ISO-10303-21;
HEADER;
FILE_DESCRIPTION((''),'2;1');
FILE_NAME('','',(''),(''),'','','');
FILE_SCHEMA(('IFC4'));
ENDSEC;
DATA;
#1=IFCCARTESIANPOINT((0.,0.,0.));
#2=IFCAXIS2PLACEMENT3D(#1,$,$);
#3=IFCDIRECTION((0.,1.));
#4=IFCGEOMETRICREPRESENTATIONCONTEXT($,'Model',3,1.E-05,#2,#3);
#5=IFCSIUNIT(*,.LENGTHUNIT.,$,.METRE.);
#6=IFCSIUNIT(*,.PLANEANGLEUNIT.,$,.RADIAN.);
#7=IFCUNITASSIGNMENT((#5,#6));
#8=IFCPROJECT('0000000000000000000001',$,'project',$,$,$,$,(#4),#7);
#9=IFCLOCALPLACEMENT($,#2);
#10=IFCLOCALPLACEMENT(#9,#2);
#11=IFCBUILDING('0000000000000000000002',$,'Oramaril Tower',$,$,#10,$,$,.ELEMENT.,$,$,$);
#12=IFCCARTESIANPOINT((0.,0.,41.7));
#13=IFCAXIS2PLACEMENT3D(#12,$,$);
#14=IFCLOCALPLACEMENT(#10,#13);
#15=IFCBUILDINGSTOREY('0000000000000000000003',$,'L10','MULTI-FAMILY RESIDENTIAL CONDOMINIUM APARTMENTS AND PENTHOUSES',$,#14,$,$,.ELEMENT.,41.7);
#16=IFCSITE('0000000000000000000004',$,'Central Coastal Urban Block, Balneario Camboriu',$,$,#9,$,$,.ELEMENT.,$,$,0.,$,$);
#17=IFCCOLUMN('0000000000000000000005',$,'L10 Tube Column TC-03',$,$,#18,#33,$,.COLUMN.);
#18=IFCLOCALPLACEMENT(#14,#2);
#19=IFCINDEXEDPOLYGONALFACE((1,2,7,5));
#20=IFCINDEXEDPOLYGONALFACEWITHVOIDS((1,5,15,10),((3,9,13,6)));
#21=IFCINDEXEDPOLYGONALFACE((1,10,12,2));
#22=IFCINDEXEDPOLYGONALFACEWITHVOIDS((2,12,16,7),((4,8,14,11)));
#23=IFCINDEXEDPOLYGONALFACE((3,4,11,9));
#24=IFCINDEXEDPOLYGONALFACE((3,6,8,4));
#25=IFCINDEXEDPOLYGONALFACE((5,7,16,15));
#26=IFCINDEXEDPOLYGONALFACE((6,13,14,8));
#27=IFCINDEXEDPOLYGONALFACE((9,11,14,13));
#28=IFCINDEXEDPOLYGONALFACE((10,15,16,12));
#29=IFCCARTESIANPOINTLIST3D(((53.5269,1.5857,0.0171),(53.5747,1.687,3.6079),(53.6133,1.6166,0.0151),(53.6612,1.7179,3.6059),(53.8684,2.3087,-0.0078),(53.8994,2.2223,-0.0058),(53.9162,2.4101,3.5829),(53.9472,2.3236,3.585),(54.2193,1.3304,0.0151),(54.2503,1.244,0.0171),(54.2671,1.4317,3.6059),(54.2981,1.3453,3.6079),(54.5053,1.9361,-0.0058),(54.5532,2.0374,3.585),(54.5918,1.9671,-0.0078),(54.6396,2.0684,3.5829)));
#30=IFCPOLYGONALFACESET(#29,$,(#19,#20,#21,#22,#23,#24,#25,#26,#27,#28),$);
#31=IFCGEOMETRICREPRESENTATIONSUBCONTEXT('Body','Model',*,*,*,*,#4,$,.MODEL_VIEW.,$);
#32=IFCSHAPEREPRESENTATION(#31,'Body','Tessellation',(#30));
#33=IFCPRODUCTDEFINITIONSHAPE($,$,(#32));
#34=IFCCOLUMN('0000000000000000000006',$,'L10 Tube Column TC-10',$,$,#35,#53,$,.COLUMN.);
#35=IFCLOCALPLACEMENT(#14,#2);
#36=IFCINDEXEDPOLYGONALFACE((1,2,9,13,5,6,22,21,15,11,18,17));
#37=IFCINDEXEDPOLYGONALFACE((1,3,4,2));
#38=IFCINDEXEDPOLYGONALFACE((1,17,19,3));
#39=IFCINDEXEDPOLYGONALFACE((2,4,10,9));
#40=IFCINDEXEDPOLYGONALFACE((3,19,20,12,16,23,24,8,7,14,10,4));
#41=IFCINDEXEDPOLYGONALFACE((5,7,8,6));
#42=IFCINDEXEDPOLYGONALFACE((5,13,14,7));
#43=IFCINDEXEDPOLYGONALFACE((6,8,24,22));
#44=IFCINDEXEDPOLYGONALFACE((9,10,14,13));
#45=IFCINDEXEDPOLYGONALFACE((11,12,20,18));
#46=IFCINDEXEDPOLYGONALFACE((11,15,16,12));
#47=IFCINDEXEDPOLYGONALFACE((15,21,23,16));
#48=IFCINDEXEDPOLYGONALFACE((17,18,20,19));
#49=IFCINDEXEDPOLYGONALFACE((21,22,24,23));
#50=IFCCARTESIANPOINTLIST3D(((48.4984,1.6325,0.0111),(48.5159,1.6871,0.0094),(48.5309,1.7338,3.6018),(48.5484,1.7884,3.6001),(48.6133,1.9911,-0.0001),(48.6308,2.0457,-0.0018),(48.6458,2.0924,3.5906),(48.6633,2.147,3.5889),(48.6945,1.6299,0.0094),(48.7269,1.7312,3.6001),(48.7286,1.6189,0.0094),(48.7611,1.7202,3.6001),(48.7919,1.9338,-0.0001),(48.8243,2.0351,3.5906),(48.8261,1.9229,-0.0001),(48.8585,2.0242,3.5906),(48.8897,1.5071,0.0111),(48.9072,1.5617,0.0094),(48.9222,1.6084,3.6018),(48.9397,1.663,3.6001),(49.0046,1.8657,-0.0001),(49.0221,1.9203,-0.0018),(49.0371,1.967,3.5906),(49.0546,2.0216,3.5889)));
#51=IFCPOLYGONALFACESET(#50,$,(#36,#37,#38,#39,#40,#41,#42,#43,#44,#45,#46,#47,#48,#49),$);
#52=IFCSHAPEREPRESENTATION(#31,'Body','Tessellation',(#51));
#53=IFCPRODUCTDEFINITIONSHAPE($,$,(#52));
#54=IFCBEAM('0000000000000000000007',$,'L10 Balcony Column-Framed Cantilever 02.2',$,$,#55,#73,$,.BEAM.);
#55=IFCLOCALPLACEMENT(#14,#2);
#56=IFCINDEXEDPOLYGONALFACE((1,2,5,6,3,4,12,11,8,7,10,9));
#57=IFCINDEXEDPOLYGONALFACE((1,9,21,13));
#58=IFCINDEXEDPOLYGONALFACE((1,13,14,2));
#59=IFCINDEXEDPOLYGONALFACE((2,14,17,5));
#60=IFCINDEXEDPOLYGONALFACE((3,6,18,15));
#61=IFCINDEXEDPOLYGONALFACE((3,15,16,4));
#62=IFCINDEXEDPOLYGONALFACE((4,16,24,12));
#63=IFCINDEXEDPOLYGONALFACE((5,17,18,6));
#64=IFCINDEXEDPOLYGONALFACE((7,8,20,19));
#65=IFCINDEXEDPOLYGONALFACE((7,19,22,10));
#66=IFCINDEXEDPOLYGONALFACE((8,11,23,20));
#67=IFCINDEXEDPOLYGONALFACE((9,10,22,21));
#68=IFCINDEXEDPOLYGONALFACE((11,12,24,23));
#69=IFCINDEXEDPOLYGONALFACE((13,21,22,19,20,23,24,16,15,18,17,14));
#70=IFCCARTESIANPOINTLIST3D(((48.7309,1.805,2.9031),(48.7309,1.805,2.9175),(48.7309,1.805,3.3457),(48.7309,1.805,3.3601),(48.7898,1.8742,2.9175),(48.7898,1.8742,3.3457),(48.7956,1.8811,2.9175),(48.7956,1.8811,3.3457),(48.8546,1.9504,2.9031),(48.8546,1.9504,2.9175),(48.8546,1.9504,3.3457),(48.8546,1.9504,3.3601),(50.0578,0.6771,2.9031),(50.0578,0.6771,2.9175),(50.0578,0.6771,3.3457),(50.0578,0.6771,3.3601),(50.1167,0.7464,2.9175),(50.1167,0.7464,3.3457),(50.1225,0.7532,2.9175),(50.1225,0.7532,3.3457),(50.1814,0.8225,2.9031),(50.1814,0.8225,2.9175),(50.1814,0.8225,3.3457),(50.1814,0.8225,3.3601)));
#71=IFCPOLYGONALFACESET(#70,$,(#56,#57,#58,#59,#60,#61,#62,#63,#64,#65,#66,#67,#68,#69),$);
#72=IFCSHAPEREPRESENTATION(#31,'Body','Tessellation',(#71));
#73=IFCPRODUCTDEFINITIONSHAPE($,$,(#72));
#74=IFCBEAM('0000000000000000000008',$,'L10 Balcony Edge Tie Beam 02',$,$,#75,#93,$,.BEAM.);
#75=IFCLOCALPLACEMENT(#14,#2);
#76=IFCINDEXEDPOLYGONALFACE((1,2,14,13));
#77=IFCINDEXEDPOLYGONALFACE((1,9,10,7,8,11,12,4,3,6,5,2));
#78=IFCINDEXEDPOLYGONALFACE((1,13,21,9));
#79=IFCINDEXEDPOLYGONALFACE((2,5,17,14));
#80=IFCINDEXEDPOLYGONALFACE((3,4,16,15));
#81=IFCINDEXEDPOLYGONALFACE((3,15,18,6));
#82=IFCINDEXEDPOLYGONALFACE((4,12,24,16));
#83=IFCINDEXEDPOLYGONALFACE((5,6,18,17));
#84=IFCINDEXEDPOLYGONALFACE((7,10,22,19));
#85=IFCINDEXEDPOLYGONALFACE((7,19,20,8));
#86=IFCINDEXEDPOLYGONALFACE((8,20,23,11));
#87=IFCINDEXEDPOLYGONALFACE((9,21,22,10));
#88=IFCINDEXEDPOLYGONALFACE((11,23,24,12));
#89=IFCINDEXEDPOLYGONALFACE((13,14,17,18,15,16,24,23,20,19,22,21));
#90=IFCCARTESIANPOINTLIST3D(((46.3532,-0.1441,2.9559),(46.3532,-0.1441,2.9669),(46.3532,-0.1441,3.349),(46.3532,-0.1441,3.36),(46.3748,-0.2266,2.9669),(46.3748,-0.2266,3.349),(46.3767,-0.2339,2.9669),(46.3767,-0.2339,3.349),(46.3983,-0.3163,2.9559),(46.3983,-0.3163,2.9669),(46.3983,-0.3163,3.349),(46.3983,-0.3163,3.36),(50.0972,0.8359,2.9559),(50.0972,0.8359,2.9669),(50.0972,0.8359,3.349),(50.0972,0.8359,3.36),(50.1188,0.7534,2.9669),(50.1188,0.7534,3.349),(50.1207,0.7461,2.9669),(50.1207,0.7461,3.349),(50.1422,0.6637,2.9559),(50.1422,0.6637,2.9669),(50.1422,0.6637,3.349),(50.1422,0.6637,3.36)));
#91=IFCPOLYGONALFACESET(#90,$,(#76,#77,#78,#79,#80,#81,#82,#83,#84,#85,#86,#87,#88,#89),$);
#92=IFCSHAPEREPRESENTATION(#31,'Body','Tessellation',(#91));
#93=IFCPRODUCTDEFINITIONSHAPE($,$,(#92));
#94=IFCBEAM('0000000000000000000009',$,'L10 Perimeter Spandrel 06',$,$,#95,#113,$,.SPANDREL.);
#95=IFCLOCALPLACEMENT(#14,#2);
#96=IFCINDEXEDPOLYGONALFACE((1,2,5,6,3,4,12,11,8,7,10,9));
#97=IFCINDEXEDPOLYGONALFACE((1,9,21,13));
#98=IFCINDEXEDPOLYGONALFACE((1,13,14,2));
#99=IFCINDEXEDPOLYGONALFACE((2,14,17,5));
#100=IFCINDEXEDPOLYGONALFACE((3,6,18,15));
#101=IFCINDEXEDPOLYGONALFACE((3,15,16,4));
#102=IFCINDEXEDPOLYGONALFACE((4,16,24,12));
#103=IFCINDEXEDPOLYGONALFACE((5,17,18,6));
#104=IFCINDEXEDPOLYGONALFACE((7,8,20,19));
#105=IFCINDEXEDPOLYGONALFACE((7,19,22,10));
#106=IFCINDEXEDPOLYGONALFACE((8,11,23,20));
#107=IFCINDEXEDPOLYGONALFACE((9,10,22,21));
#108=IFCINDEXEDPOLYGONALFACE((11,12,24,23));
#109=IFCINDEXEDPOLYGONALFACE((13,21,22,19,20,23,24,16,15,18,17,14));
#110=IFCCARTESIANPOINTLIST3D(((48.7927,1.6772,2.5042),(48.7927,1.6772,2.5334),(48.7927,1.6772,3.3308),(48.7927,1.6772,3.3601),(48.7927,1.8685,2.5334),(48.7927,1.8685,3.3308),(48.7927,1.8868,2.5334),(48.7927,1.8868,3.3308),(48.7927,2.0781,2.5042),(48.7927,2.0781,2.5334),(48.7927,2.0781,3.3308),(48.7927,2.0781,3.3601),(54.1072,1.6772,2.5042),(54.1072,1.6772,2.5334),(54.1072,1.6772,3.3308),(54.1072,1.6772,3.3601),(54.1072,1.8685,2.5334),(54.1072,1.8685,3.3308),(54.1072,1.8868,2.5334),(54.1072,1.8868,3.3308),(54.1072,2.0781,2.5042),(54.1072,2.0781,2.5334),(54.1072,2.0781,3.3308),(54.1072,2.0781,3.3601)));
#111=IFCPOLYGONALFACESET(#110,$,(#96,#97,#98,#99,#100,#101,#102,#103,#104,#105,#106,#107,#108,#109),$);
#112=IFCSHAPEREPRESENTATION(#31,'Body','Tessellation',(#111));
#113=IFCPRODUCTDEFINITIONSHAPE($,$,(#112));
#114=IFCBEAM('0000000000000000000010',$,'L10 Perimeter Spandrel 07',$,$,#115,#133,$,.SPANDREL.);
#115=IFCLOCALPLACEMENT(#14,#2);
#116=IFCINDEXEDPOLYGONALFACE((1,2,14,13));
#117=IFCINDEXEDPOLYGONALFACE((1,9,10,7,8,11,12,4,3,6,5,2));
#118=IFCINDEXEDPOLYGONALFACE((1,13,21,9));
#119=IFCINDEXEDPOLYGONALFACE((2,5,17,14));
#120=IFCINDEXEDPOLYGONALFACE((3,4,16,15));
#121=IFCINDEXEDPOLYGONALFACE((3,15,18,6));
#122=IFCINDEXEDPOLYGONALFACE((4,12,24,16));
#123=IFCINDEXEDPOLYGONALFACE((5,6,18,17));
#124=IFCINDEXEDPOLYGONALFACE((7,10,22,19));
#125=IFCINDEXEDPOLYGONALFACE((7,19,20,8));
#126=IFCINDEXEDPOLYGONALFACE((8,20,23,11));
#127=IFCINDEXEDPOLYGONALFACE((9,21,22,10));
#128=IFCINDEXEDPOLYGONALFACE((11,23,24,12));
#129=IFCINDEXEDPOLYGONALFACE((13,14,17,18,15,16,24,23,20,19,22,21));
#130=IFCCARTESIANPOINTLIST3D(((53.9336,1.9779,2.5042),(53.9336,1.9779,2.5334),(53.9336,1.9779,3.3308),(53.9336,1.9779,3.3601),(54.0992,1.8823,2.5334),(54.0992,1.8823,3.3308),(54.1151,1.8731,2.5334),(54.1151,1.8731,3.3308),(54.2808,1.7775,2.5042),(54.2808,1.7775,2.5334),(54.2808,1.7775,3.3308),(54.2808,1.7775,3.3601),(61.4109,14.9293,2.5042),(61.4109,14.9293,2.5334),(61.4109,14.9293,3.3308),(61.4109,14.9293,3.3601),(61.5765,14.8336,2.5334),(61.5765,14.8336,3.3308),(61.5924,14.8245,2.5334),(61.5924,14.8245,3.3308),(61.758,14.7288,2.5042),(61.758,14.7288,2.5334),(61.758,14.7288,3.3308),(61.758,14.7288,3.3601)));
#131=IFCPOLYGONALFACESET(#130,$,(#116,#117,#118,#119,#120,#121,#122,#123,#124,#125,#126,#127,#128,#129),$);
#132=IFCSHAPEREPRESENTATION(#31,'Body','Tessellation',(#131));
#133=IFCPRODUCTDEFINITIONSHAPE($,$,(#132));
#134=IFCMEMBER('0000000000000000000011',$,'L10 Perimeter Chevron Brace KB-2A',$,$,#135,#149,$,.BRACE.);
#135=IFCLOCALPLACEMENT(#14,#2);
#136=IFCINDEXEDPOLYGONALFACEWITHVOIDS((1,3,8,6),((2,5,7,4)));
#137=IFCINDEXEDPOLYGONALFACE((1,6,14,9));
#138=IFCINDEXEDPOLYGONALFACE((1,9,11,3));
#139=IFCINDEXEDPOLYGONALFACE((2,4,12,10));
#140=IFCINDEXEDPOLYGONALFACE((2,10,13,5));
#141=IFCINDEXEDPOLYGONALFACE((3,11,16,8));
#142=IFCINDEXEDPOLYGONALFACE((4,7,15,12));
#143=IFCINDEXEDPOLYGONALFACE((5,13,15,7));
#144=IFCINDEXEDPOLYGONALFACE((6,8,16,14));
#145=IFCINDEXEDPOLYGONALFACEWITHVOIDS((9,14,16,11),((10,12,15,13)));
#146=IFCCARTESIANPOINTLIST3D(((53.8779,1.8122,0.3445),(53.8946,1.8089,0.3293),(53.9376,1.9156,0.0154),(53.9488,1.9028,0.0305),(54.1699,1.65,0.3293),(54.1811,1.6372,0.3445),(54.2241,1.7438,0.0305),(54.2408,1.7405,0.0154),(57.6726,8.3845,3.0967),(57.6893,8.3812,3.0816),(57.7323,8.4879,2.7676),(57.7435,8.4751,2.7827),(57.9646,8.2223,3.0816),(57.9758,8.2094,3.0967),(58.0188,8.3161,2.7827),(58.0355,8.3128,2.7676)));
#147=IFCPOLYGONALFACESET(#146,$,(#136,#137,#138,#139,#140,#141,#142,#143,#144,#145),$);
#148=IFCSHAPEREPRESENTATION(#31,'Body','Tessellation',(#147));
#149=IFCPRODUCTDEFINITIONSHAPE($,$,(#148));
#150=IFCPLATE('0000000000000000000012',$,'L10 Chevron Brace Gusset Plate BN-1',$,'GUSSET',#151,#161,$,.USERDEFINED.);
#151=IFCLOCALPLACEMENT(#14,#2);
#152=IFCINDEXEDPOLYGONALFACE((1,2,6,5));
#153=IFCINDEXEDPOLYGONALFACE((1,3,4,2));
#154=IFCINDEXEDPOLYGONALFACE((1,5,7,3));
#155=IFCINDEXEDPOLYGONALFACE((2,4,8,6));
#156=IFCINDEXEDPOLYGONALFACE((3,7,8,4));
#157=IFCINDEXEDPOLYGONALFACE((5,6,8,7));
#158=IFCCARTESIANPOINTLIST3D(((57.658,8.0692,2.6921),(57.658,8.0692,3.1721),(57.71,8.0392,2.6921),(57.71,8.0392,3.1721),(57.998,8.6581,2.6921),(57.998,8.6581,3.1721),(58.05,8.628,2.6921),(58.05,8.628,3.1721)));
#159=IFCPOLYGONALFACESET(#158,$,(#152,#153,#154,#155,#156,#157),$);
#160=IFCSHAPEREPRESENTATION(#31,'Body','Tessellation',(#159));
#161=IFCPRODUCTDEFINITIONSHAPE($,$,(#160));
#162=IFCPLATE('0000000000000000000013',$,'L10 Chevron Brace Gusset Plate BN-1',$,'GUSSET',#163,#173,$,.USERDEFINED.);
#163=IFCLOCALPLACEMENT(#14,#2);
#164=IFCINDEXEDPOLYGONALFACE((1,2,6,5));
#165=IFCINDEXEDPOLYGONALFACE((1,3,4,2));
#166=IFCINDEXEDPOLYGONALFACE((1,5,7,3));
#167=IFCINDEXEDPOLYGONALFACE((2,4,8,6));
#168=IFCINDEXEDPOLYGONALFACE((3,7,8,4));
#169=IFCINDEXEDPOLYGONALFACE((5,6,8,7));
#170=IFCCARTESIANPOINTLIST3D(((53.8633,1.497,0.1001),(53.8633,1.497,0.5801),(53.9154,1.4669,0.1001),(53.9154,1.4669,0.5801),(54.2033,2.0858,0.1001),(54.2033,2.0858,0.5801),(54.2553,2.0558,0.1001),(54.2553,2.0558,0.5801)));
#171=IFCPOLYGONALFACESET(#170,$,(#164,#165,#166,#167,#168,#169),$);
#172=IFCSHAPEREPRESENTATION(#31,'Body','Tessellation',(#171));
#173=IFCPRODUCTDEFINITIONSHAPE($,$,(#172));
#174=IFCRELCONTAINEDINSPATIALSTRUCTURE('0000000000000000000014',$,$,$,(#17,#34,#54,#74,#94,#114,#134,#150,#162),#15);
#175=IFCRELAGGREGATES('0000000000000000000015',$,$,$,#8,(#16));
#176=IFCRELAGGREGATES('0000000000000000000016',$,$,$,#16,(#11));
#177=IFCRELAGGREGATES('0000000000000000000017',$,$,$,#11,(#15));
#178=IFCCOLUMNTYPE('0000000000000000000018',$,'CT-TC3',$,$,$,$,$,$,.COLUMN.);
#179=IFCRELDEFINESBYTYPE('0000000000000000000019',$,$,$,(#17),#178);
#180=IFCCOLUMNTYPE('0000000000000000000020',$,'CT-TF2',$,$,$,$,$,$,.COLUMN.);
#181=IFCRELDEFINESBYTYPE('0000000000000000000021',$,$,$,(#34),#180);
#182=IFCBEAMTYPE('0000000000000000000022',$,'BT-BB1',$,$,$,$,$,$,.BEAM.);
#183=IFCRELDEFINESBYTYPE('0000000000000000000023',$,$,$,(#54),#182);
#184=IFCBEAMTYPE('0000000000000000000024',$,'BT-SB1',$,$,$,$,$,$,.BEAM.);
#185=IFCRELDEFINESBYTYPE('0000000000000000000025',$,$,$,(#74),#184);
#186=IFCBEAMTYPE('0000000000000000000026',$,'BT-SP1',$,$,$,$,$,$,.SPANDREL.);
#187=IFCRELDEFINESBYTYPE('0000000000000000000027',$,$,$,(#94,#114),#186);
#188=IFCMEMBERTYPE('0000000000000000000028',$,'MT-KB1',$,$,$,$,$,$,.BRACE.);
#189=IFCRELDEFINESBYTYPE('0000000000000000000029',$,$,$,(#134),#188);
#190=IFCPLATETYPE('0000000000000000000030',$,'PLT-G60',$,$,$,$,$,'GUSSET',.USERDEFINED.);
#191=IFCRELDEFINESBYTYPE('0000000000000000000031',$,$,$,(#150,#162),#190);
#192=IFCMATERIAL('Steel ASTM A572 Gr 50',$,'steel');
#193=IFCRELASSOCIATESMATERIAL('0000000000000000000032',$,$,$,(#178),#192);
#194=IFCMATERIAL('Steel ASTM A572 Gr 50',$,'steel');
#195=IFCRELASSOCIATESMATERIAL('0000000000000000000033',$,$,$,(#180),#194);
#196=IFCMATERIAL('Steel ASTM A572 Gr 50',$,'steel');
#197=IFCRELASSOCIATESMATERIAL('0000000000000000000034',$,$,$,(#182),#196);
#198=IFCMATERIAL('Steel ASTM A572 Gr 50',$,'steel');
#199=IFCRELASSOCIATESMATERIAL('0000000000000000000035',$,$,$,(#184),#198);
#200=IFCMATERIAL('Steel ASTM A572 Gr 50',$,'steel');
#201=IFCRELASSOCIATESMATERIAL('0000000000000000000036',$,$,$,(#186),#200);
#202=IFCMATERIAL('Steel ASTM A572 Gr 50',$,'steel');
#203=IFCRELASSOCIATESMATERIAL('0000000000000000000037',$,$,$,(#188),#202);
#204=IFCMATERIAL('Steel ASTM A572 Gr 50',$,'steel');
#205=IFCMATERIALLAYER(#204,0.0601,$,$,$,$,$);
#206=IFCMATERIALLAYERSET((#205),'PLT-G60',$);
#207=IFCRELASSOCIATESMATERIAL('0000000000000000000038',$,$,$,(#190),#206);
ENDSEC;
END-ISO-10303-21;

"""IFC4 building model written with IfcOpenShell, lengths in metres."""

from ifc_helpers import new_model, si_unit, direction, frame, origin, origin_2d, place, context, subcontext, project, spatial, rectangle, hollow_rectangle, i_section, extrude, material, layer, layer_set, material_profile, profile_set, type_object, element, save


model = new_model("IFC4")

# Units and contexts
model_context = context("Model", 3, precision=1e-05, world=origin(), true_north=direction((0.0, 1.0)))
body_context = subcontext(model_context, "Body", "Model", "MODEL_VIEW")
ifc_project = project(units=[si_unit("LENGTHUNIT", "METRE"), si_unit("PLANEANGLEUNIT", "RADIAN")], contexts=[model_context])

# Site, building, storey
site_placement = place(None, origin())
site = spatial("IfcSite", under=ifc_project, at=site_placement, Name="Central Coastal Urban Block, Balneario Camboriu", CompositionType="ELEMENT", RefElevation=0.0)
building_placement = place(site_placement, origin())
building = spatial("IfcBuilding", under=site, at=building_placement, Name="Oramaril Tower", CompositionType="ELEMENT")
storey_placement = place(building_placement, frame((0.0, 0.0, 41.7)))
storey = spatial("IfcBuildingStorey", under=building, at=storey_placement, Name="L10", Description="MULTI-FAMILY RESIDENTIAL CONDOMINIUM APARTMENTS AND PENTHOUSES", CompositionType="ELEMENT", Elevation=41.7)

# Columns
ifc_material_1 = material(Name="Steel ASTM A572 Gr 50", Category="steel")
ifc_material_profile_1 = material_profile(ifc_material_1, hollow_rectangle(XDim=0.8, YDim=0.8, WallThickness=0.0649, at=origin_2d()), Name="BOX800X800X65")
ifc_profile_set_1 = profile_set([ifc_material_profile_1], Name="Steel ASTM A572 Gr 50")
column_type_1 = type_object("IfcColumnType", Name="CT-TC3", PredefinedType="COLUMN", material=ifc_profile_set_1)
column_1_placement = place(storey_placement, frame((54.0593, 1.7764, 0.0046), z_axis=(0.01332, 0.028202, 0.999513), x_axis=(-0.904225, 0.427056, 0.0)))
element("IfcColumn", 1, at=column_1_placement, inside=storey, type_object=column_type_1, Name="L10 Tube Column TC-03", PredefinedType="COLUMN", context=body_context, shape_type="SweptSolid", body=[
    extrude(hollow_rectangle(XDim=0.8, YDim=0.8, WallThickness=0.0649, at=origin_2d()), origin(), (0.0, 0.0, 1.0), 3.5925),
])
ifc_material_2 = material(Name="Steel ASTM A572 Gr 50", Category="steel")
ifc_material_profile_2 = material_profile(ifc_material_2, i_section(OverallWidth=0.4109, OverallDepth=0.4341, WebThickness=0.0359, FlangeThickness=0.0574, at=origin_2d()), Name="W14X311")
ifc_profile_set_2 = profile_set([ifc_material_profile_2], Name="Steel ASTM A572 Gr 50")
column_type_2 = type_object("IfcColumnType", Name="CT-TF2", PredefinedType="COLUMN", material=ifc_profile_set_2)
column_2_placement = place(storey_placement, frame((48.7603, 1.7764, 0.0046), z_axis=(0.009039, 0.028204, 0.999561), x_axis=(-0.952291, 0.305192, 0.0)))
element("IfcColumn", 2, at=column_2_placement, inside=storey, type_object=column_type_2, Name="L10 Tube Column TC-10", PredefinedType="COLUMN", context=body_context, shape_type="SweptSolid", body=[
    extrude(i_section(OverallWidth=0.4109, OverallDepth=0.4341, WebThickness=0.0359, FlangeThickness=0.0574, at=origin_2d()), origin(), (0.0, 0.0, 1.0), 3.5923),
])

# Beams
ifc_material_3 = material(Name="Steel ASTM A572 Gr 50", Category="steel")
ifc_material_profile_3 = material_profile(ifc_material_3, i_section(OverallWidth=0.1909, OverallDepth=0.457, WebThickness=0.009, FlangeThickness=0.0144, at=origin_2d()), Name="W18X50")
ifc_profile_set_3 = profile_set([ifc_material_profile_3], Name="Steel ASTM A572 Gr 50")
beam_type_1 = type_object("IfcBeamType", Name="BT-BB1", PredefinedType="BEAM", material=ifc_profile_set_3)
beam_1_placement = place(storey_placement, frame((48.7927, 1.8777, 3.1316), z_axis=(0.761922, -0.647669, 0.0), x_axis=(0.647669, 0.761922, 0.0)))
element("IfcBeam", 3, at=beam_1_placement, inside=storey, type_object=beam_type_1, Name="L10 Balcony Column-Framed Cantilever 02.2", PredefinedType="BEAM", context=body_context, shape_type="SweptSolid", body=[
    extrude(i_section(OverallWidth=0.1909, OverallDepth=0.457, WebThickness=0.009, FlangeThickness=0.0144, at=origin_2d()), origin(), (0.0, 0.0, 1.0), 1.7415),
])
ifc_material_4 = material(Name="Steel ASTM A572 Gr 50", Category="steel")
ifc_material_profile_4 = material_profile(ifc_material_4, i_section(OverallWidth=0.178, OverallDepth=0.4041, WebThickness=0.0076, FlangeThickness=0.011, at=origin_2d()), Name="W16X36")
ifc_profile_set_4 = profile_set([ifc_material_profile_4], Name="Steel ASTM A572 Gr 50")
beam_type_2 = type_object("IfcBeamType", Name="BT-SB1", PredefinedType="BEAM", material=ifc_profile_set_4)
beam_2_placement = place(storey_placement, frame((46.3757, -0.2302, 3.158), z_axis=(0.967408, 0.253223, 0.0), x_axis=(-0.253223, 0.967408, 0.0)))
element("IfcBeam", 4, at=beam_2_placement, inside=storey, type_object=beam_type_2, Name="L10 Balcony Edge Tie Beam 02", PredefinedType="BEAM", context=body_context, shape_type="SweptSolid", body=[
    extrude(i_section(OverallWidth=0.178, OverallDepth=0.4041, WebThickness=0.0076, FlangeThickness=0.011, at=origin_2d()), origin(), (0.0, 0.0, 1.0), 3.8701),
])
ifc_material_5 = material(Name="Steel ASTM A572 Gr 50", Category="steel")
ifc_material_profile_5 = material_profile(ifc_material_5, i_section(OverallWidth=0.4009, OverallDepth=0.856, WebThickness=0.0183, FlangeThickness=0.0293, at=origin_2d()), Name="W33X201")
ifc_profile_set_5 = profile_set([ifc_material_profile_5], Name="Steel ASTM A572 Gr 50")
beam_type_3 = type_object("IfcBeamType", Name="BT-SP1", PredefinedType="SPANDREL", material=ifc_profile_set_5)
beam_3_placement = place(storey_placement, frame((48.7927, 1.8777, 2.9321), z_axis=(1.0, 0.0, 0.0), x_axis=(0.0, 1.0, 0.0)))
element("IfcBeam", 5, at=beam_3_placement, inside=storey, type_object=beam_type_3, Name="L10 Perimeter Spandrel 06", PredefinedType="SPANDREL", context=body_context, shape_type="SweptSolid", body=[
    extrude(i_section(OverallWidth=0.4009, OverallDepth=0.856, WebThickness=0.0183, FlangeThickness=0.0293, at=origin_2d()), origin(), (0.0, 0.0, 1.0), 5.3145),
])
beam_4_placement = place(storey_placement, frame((54.1072, 1.8777, 2.9321), z_axis=(0.49999, 0.866031, 0.0), x_axis=(-0.866031, 0.49999, 0.0)))
element("IfcBeam", 6, at=beam_4_placement, inside=storey, type_object=beam_type_3, Name="L10 Perimeter Spandrel 07", PredefinedType="SPANDREL", context=body_context, shape_type="SweptSolid", body=[
    extrude(i_section(OverallWidth=0.4009, OverallDepth=0.856, WebThickness=0.0183, FlangeThickness=0.0293, at=origin_2d()), origin(), (0.0, 0.0, 1.0), 14.9548),
])

# Member
ifc_material_6 = material(Name="Steel ASTM A572 Gr 50", Category="steel")
ifc_material_profile_6 = material_profile(ifc_material_6, hollow_rectangle(XDim=0.3501, YDim=0.3501, WallThickness=0.0161, at=origin_2d()), Name="HSS350X350X16")
ifc_profile_set_6 = profile_set([ifc_material_profile_6], Name="Steel ASTM A572 Gr 50")
member_type = type_object("IfcMemberType", Name="MT-KB1", PredefinedType="BRACE", material=ifc_profile_set_6)
member_placement = place(storey_placement, frame((54.0593, 1.7764, 0.1799), z_axis=(0.470062, 0.814133, 0.340926), x_axis=(-0.866015, 0.500018, 0.0)))
element("IfcMember", 7, at=member_placement, inside=storey, type_object=member_type, Name="L10 Perimeter Chevron Brace KB-2A", PredefinedType="BRACE", context=body_context, shape_type="SweptSolid", body=[
    extrude(hollow_rectangle(XDim=0.3501, YDim=0.3501, WallThickness=0.0161, at=origin_2d()), origin(), (0.0, 0.0, 1.0), 8.0728),
])

# Plates
ifc_material_7 = material(Name="Steel ASTM A572 Gr 50", Category="steel")
ifc_layer_1 = layer(ifc_material_7, 0.0601)
ifc_layer_set_1 = layer_set([ifc_layer_1], Name="PLT-G60")
plate_type = type_object("IfcPlateType", Name="PLT-G60", ElementType="GUSSET", PredefinedType="USERDEFINED", material=ifc_layer_set_1)
for number, where, z_axis, x_axis, name in (
    (8, (57.854, 8.3486, 2.6921), (0.0, 0.0, 1.0), (0.499997, 0.866027, 0.0), "L10 Chevron Brace Gusset Plate BN-1"),
    (9, (54.0593, 1.7764, 0.1001), (0.0, 0.0, 1.0), (0.499997, 0.866027, 0.0), "L10 Chevron Brace Gusset Plate BN-1"),
):
    element("IfcPlate", number, at=place(storey_placement, frame(where, z_axis=z_axis, x_axis=x_axis)), inside=storey, type_object=plate_type, Name=name, ObjectType="GUSSET", PredefinedType="USERDEFINED", context=body_context, shape_type="SweptSolid", body=[
        extrude(rectangle(XDim=0.6799, YDim=0.0601, at=origin_2d()), origin(), (0.0, 0.0, 1.0), 0.48),
    ])

save(model, "model.ifc")
